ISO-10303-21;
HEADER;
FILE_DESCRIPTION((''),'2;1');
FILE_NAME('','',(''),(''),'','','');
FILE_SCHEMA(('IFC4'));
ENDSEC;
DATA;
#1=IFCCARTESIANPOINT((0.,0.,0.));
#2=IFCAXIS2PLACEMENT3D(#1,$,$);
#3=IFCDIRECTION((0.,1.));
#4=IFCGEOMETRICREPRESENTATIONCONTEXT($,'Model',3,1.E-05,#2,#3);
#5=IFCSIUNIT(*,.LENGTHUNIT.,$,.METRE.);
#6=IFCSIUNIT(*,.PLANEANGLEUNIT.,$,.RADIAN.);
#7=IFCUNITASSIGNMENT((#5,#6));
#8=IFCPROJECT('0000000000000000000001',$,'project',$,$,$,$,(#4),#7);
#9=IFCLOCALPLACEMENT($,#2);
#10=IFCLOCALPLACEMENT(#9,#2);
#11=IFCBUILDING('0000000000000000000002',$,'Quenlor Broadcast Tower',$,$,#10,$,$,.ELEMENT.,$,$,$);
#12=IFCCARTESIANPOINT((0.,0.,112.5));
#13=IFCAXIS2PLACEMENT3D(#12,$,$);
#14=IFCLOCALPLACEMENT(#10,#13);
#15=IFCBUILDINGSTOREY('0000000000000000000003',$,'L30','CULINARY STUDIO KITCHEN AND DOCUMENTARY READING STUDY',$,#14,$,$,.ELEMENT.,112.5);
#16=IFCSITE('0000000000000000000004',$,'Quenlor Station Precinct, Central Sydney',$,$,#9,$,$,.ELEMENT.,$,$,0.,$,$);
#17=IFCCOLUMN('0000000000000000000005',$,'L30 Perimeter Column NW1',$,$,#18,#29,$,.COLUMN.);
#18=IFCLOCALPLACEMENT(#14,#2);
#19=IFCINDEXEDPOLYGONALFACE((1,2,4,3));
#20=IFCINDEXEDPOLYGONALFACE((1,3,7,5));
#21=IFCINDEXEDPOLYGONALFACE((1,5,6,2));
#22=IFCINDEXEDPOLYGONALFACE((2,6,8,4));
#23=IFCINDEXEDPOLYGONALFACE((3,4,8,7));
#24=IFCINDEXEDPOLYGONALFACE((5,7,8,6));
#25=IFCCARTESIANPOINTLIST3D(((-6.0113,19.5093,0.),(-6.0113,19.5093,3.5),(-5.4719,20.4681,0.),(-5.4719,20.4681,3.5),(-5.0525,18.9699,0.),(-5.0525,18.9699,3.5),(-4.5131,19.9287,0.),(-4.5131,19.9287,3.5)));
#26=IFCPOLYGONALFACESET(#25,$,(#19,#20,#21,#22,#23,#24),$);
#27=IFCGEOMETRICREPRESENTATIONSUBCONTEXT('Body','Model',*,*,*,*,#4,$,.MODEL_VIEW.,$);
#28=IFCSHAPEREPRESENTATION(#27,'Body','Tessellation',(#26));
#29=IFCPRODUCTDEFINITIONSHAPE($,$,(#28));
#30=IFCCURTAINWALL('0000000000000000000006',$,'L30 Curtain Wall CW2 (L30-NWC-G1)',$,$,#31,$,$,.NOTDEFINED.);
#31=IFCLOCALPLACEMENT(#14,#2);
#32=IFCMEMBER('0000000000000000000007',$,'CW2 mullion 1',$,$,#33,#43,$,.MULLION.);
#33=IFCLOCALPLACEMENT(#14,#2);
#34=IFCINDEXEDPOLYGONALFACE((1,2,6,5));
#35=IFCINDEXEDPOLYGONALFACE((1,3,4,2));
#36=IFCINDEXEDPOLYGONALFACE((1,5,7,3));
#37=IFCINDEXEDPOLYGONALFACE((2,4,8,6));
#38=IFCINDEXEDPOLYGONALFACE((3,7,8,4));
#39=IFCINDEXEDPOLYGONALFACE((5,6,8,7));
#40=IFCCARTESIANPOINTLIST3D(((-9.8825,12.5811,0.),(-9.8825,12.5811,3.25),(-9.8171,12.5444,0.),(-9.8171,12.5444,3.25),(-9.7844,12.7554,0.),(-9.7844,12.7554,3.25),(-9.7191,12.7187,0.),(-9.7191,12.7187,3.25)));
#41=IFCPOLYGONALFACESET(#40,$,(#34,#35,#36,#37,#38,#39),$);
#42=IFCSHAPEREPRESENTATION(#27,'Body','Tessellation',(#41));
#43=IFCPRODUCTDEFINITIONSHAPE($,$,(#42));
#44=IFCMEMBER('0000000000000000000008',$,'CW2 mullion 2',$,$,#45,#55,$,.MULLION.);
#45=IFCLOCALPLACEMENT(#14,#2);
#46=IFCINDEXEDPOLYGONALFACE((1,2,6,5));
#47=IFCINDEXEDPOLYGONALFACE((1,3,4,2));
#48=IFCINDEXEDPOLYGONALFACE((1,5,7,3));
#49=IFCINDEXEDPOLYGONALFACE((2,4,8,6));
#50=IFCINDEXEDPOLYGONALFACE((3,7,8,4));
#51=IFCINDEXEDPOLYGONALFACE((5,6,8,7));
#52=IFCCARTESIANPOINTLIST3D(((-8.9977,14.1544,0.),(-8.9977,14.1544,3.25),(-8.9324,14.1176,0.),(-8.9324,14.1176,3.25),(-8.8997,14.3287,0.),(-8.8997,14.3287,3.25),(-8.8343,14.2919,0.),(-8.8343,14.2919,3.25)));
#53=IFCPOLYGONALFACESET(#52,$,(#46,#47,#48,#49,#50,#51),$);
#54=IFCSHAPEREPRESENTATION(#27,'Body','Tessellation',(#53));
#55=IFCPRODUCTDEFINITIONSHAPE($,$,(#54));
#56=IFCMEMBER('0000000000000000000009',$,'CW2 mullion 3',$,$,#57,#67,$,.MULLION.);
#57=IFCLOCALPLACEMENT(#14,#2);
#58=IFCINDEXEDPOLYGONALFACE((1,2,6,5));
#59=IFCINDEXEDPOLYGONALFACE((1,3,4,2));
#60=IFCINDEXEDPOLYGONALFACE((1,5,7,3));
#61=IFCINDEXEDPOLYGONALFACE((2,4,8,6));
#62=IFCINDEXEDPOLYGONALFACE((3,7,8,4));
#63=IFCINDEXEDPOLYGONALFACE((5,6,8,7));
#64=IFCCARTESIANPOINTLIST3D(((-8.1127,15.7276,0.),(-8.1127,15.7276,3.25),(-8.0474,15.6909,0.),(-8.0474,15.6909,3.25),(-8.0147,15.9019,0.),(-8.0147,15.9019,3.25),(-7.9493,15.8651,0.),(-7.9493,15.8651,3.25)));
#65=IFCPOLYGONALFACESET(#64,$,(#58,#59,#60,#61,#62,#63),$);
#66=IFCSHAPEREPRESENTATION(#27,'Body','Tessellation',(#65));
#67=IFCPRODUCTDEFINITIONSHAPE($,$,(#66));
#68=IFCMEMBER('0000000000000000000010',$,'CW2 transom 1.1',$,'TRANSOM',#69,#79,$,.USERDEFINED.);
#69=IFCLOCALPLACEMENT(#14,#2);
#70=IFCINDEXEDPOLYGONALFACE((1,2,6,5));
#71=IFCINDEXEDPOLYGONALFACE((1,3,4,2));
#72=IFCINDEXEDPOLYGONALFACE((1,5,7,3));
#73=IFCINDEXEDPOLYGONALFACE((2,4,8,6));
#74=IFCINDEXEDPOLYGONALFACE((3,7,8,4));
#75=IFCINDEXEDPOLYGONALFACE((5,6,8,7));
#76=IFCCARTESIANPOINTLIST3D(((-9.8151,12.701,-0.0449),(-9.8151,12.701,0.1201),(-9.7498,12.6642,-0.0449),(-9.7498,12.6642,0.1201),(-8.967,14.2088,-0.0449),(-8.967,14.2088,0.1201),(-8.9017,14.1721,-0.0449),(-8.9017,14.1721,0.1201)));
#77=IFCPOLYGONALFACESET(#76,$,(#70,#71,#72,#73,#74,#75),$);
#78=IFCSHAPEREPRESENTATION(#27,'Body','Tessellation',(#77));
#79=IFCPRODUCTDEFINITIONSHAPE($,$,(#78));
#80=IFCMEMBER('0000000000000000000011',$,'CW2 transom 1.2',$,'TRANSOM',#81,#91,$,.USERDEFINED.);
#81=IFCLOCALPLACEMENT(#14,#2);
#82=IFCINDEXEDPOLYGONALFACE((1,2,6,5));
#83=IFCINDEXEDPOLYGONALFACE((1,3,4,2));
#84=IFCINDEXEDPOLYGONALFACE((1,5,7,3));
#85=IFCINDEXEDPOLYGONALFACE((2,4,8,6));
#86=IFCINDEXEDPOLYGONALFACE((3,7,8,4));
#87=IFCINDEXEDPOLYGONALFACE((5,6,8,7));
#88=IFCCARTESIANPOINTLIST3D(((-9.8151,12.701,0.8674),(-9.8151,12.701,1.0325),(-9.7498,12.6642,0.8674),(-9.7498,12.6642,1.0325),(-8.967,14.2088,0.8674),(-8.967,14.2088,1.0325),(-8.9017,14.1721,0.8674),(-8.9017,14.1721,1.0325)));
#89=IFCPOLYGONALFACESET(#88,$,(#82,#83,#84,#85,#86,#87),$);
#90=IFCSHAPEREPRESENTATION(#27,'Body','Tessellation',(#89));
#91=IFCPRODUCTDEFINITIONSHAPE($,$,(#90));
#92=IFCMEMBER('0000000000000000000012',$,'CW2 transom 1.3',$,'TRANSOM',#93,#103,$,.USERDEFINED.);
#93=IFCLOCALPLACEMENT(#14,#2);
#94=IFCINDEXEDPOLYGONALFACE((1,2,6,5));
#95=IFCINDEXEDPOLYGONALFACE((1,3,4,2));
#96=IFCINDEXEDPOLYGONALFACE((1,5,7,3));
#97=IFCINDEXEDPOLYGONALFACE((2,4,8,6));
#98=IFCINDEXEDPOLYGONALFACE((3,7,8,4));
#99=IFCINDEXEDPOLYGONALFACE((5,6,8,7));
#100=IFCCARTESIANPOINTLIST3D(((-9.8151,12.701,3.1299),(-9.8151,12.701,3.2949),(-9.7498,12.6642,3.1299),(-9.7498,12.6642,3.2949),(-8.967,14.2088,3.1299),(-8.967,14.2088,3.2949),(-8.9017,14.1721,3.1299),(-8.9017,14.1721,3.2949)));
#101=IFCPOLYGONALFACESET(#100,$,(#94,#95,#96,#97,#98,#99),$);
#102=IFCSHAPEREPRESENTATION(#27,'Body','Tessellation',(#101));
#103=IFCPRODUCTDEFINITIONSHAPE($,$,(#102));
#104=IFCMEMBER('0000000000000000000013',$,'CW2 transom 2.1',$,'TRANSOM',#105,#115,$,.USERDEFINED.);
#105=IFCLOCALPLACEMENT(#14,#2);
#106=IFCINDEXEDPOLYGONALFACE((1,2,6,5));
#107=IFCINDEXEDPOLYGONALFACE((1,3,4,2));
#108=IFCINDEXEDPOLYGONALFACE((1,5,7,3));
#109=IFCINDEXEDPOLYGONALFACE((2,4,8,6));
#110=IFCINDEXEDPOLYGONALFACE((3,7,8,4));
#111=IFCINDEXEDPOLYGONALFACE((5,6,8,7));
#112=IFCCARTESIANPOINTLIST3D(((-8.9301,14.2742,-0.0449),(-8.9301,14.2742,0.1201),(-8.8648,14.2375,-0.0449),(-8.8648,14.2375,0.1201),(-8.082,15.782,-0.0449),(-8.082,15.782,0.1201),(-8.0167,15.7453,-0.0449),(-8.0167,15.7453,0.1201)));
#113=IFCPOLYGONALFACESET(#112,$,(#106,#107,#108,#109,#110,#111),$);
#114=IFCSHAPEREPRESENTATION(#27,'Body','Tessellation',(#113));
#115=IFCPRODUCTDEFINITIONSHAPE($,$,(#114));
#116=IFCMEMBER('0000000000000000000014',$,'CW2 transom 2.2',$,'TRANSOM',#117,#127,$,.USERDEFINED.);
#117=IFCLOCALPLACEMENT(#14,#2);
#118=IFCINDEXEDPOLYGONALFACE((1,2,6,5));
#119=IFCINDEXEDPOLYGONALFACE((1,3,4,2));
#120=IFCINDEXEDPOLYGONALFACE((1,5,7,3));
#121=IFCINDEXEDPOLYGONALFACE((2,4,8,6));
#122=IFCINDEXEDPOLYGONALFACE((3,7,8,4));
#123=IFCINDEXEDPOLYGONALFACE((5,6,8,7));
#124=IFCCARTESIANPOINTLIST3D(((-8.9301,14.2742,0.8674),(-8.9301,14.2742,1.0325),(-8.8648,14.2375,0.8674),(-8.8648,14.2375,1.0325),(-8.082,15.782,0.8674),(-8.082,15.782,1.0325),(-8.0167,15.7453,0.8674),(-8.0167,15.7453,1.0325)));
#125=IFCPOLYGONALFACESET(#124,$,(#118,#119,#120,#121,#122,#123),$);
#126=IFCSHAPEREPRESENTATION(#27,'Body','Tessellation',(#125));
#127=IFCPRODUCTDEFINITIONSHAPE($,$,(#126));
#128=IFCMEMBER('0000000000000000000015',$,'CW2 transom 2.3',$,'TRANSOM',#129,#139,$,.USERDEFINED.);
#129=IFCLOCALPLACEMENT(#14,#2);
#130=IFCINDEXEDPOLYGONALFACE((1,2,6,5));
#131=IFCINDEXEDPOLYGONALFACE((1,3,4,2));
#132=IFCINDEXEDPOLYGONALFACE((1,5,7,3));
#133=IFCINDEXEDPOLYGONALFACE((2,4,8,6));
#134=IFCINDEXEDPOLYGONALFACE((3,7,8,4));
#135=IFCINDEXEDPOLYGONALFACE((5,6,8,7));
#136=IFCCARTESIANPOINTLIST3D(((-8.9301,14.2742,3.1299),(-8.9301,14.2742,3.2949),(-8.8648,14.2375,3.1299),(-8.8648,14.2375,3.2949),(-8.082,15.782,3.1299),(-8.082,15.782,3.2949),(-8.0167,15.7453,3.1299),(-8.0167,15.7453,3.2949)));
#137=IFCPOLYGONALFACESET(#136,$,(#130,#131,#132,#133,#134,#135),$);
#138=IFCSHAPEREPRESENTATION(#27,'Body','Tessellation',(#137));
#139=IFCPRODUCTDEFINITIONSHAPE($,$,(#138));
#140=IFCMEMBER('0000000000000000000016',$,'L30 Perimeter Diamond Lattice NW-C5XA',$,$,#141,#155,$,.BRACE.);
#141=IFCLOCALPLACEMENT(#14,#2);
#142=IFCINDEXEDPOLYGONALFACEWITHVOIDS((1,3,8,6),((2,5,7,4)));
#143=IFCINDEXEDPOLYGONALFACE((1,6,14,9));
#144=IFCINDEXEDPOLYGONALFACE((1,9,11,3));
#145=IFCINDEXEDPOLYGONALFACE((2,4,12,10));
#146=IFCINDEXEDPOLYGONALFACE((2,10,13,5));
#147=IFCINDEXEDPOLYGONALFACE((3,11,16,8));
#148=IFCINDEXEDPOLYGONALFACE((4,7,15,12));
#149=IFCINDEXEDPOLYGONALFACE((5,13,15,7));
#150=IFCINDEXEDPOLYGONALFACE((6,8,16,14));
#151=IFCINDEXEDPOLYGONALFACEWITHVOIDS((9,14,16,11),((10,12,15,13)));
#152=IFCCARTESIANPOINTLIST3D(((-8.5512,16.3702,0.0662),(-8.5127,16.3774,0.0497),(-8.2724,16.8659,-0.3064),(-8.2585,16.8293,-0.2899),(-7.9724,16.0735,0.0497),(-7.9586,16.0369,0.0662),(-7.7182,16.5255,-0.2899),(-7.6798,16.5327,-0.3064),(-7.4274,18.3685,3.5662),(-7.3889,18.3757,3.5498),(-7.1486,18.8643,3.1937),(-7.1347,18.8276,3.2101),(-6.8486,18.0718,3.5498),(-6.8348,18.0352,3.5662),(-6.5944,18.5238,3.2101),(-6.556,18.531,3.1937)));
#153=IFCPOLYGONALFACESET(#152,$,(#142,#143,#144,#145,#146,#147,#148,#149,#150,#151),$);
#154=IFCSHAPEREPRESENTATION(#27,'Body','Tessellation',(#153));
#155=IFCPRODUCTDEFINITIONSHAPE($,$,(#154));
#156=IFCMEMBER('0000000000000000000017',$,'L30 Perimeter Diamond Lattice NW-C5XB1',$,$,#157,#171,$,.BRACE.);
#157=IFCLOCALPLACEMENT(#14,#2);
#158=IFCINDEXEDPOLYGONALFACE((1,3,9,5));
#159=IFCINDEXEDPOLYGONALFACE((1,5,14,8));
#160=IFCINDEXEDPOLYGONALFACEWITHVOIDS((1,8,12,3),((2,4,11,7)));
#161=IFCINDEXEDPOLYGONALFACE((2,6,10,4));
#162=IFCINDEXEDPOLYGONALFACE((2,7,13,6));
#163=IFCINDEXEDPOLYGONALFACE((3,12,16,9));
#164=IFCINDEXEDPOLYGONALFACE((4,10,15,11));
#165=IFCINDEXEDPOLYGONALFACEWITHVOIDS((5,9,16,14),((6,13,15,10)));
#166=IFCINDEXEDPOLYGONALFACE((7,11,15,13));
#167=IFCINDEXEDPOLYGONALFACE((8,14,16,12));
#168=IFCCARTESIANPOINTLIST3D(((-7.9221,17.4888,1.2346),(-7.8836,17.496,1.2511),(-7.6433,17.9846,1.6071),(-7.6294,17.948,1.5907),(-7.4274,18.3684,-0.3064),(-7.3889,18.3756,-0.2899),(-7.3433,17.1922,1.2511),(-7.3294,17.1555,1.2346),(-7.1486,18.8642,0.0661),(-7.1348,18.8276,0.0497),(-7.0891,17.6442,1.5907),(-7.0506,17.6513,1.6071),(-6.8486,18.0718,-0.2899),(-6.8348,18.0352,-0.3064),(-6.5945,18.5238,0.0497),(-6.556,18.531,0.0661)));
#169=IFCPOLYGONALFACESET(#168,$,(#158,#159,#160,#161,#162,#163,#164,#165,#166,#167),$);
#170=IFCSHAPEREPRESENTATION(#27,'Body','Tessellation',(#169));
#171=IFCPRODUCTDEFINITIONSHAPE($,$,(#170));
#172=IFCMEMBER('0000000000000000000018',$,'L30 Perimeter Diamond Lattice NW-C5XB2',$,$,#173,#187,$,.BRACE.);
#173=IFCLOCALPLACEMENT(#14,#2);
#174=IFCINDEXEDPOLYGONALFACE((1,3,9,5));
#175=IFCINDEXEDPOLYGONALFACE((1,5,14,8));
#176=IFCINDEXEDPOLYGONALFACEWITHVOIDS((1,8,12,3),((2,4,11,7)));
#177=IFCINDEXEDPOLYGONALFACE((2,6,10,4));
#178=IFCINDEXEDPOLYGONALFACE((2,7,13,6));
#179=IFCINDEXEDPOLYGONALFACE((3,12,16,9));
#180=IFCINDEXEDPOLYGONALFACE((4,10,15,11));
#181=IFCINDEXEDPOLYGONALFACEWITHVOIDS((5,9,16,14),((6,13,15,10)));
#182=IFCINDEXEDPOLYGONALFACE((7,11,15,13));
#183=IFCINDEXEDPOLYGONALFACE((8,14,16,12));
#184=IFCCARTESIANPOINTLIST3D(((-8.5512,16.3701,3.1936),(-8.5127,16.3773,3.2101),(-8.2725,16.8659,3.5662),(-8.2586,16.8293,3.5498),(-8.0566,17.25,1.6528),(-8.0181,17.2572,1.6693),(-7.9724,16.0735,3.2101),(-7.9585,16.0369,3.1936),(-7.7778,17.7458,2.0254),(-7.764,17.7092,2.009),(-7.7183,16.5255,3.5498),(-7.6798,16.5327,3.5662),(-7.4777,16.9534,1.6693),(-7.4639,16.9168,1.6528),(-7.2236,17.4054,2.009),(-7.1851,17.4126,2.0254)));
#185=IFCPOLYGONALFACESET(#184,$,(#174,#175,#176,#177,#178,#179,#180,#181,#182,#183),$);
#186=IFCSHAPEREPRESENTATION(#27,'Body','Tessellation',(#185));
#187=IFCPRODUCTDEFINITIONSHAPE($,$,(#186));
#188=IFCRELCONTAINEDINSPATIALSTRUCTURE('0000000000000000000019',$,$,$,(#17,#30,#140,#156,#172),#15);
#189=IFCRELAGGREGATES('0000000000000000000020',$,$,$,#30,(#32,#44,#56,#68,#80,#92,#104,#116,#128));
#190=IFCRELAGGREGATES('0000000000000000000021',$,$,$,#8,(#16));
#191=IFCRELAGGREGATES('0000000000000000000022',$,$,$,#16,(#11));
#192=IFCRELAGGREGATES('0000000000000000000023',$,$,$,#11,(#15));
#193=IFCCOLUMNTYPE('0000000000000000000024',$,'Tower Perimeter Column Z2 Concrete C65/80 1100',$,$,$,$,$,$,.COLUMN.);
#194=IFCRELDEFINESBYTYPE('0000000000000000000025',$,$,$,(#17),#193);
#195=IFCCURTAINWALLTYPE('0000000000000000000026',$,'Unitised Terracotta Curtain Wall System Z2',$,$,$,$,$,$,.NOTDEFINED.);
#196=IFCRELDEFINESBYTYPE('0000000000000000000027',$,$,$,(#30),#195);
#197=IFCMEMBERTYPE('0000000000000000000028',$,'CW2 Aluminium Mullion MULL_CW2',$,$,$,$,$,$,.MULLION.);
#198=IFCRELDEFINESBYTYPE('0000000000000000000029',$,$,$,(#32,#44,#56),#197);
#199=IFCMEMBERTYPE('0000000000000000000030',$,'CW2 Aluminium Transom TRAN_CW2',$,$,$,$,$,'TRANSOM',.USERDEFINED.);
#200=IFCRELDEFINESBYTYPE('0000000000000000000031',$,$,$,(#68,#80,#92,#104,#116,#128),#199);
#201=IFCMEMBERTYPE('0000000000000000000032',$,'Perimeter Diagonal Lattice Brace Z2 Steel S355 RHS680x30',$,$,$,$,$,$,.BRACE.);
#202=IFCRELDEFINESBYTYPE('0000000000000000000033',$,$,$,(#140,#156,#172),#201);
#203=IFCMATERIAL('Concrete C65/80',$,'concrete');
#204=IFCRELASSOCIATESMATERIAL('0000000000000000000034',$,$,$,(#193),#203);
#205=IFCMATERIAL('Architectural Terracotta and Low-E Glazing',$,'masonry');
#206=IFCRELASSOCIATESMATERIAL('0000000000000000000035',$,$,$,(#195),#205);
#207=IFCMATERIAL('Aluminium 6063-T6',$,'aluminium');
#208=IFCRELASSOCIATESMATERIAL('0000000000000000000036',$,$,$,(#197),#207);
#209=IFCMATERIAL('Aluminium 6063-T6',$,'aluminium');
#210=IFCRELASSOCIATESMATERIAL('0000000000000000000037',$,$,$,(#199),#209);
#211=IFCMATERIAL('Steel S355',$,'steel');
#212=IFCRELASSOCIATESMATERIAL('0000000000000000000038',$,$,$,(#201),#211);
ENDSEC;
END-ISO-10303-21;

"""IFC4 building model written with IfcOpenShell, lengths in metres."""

from ifc_helpers import new_model, si_unit, direction, frame, origin, origin_2d, place, context, subcontext, project, spatial, rectangle, hollow_rectangle, extrude, material, material_profile, profile_set, type_object, element, aggregate, save


model = new_model("IFC4")

# Units and contexts
model_context = context("Model", 3, precision=1e-05, world=origin(), true_north=direction((0.0, 1.0)))
body_context = subcontext(model_context, "Body", "Model", "MODEL_VIEW")
ifc_project = project(units=[si_unit("LENGTHUNIT", "METRE"), si_unit("PLANEANGLEUNIT", "RADIAN")], contexts=[model_context])

# Site, building, storey
site_placement = place(None, origin())
site = spatial("IfcSite", under=ifc_project, at=site_placement, Name="Quenlor Station Precinct, Central Sydney", CompositionType="ELEMENT", RefElevation=0.0)
building_placement = place(site_placement, origin())
building = spatial("IfcBuilding", under=site, at=building_placement, Name="Quenlor Broadcast Tower", CompositionType="ELEMENT")
storey_placement = place(building_placement, frame((0.0, 0.0, 112.5)))
storey = spatial("IfcBuildingStorey", under=building, at=storey_placement, Name="L30", Description="CULINARY STUDIO KITCHEN AND DOCUMENTARY READING STUDY", CompositionType="ELEMENT", Elevation=112.5)

# Column
ifc_material_1 = material(Name="Concrete C65/80", Category="concrete")
ifc_material_profile_1 = material_profile(ifc_material_1, rectangle(XDim=1.1001, YDim=1.1001, at=origin_2d()))
ifc_profile_set_1 = profile_set([ifc_material_profile_1], Name="Concrete C65/80 RC1100x1100")
column_type = type_object("IfcColumnType", Name="Tower Perimeter Column Z2 Concrete C65/80 1100", PredefinedType="COLUMN", material=ifc_profile_set_1)
column_placement = place(storey_placement, frame((-5.2622, 19.719, 0.0), z_axis=(0.0, 0.0, 1.0), x_axis=(-0.871575, 0.490262, 0.0)))
element("IfcColumn", 1, at=column_placement, inside=storey, type_object=column_type, Name="L30 Perimeter Column NW1", PredefinedType="COLUMN", context=body_context, shape_type="SweptSolid", body=[
    extrude(rectangle(XDim=1.1001, YDim=1.1001, at=origin_2d()), origin(), (0.0, 0.0, 1.0), 3.5),
])

# Curtain wall, members
ifc_material_2 = material(Name="Architectural Terracotta and Low-E Glazing", Category="masonry")
curtain_wall_type = type_object("IfcCurtainWallType", Name="Unitised Terracotta Curtain Wall System Z2", PredefinedType="NOTDEFINED", material=ifc_material_2)
curtain_wall_placement = place(storey_placement, origin())
curtain_wall = element("IfcCurtainWall", 2, at=curtain_wall_placement, inside=storey, type_object=curtain_wall_type, Name="L30 Curtain Wall CW2 (L30-NWC-G1)", PredefinedType="NOTDEFINED")
ifc_material_3 = material(Name="Aluminium 6063-T6", Category="aluminium")
ifc_material_profile_2 = material_profile(ifc_material_3, rectangle(XDim=0.075, YDim=0.2, at=origin_2d()))
ifc_profile_set_2 = profile_set([ifc_material_profile_2], Name="Aluminium 6063-T6 MULL75x200")
member_type_1 = type_object("IfcMemberType", Name="CW2 Aluminium Mullion MULL_CW2", PredefinedType="MULLION", material=ifc_profile_set_2)
member_1_placement = place(storey_placement, frame((-9.8008, 12.6499, 0.0), z_axis=(0.0, 0.0, 1.0), x_axis=(-0.871573, 0.490265, 0.0)))
member_1 = element("IfcMember", 3, at=member_1_placement, type_object=member_type_1, Name="CW2 mullion 1", PredefinedType="MULLION", context=body_context, shape_type="SweptSolid", body=[
    extrude(rectangle(XDim=0.075, YDim=0.2, at=origin_2d()), origin(), (0.0, 0.0, 1.0), 3.25),
])
member_2_placement = place(storey_placement, frame((-8.916, 14.2231, 0.0), z_axis=(0.0, 0.0, 1.0), x_axis=(-0.871573, 0.490265, 0.0)))
member_2 = element("IfcMember", 4, at=member_2_placement, type_object=member_type_1, Name="CW2 mullion 2", PredefinedType="MULLION", context=body_context, shape_type="SweptSolid", body=[
    extrude(rectangle(XDim=0.075, YDim=0.2, at=origin_2d()), origin(), (0.0, 0.0, 1.0), 3.25),
])
member_3_placement = place(storey_placement, frame((-8.031, 15.7964, 0.0), z_axis=(0.0, 0.0, 1.0), x_axis=(-0.871573, 0.490265, 0.0)))
member_3 = element("IfcMember", 5, at=member_3_placement, type_object=member_type_1, Name="CW2 mullion 3", PredefinedType="MULLION", context=body_context, shape_type="SweptSolid", body=[
    extrude(rectangle(XDim=0.075, YDim=0.2, at=origin_2d()), origin(), (0.0, 0.0, 1.0), 3.25),
])
ifc_material_4 = material(Name="Aluminium 6063-T6", Category="aluminium")
ifc_material_profile_3 = material_profile(ifc_material_4, rectangle(XDim=0.075, YDim=0.165, at=origin_2d()))
ifc_profile_set_3 = profile_set([ifc_material_profile_3], Name="Aluminium 6063-T6 TRAN75x165")
member_type_2 = type_object("IfcMemberType", Name="CW2 Aluminium Transom TRAN_CW2", ElementType="TRANSOM", PredefinedType="USERDEFINED", material=ifc_profile_set_3)
member_4_placement = place(storey_placement, frame((-9.7825, 12.6826, 0.0376), z_axis=(0.490261, 0.871576, 0.0), x_axis=(-0.871576, 0.490261, 0.0)))
member_4 = element("IfcMember", 6, at=member_4_placement, type_object=member_type_2, Name="CW2 transom 1.1", ObjectType="TRANSOM", PredefinedType="USERDEFINED", context=body_context, shape_type="SweptSolid", body=[
    extrude(rectangle(XDim=0.075, YDim=0.165, at=origin_2d()), origin(), (0.0, 0.0, 1.0), 1.73),
])
member_5_placement = place(storey_placement, frame((-9.7825, 12.6826, 0.95), z_axis=(0.490261, 0.871576, 0.0), x_axis=(-0.871576, 0.490261, 0.0)))
member_5 = element("IfcMember", 7, at=member_5_placement, type_object=member_type_2, Name="CW2 transom 1.2", ObjectType="TRANSOM", PredefinedType="USERDEFINED", context=body_context, shape_type="SweptSolid", body=[
    extrude(rectangle(XDim=0.075, YDim=0.165, at=origin_2d()), origin(), (0.0, 0.0, 1.0), 1.73),
])
member_6_placement = place(storey_placement, frame((-9.7825, 12.6826, 3.2124), z_axis=(0.490261, 0.871576, 0.0), x_axis=(-0.871576, 0.490261, 0.0)))
member_6 = element("IfcMember", 8, at=member_6_placement, type_object=member_type_2, Name="CW2 transom 1.3", ObjectType="TRANSOM", PredefinedType="USERDEFINED", context=body_context, shape_type="SweptSolid", body=[
    extrude(rectangle(XDim=0.075, YDim=0.165, at=origin_2d()), origin(), (0.0, 0.0, 1.0), 1.73),
])
member_7_placement = place(storey_placement, frame((-8.8975, 14.2559, 0.0376), z_axis=(0.490261, 0.871576, 0.0), x_axis=(-0.871576, 0.490261, 0.0)))
member_7 = element("IfcMember", 9, at=member_7_placement, type_object=member_type_2, Name="CW2 transom 2.1", ObjectType="TRANSOM", PredefinedType="USERDEFINED", context=body_context, shape_type="SweptSolid", body=[
    extrude(rectangle(XDim=0.075, YDim=0.165, at=origin_2d()), origin(), (0.0, 0.0, 1.0), 1.73),
])
member_8_placement = place(storey_placement, frame((-8.8975, 14.2559, 0.95), z_axis=(0.490261, 0.871576, 0.0), x_axis=(-0.871576, 0.490261, 0.0)))
member_8 = element("IfcMember", 10, at=member_8_placement, type_object=member_type_2, Name="CW2 transom 2.2", ObjectType="TRANSOM", PredefinedType="USERDEFINED", context=body_context, shape_type="SweptSolid", body=[
    extrude(rectangle(XDim=0.075, YDim=0.165, at=origin_2d()), origin(), (0.0, 0.0, 1.0), 1.73),
])
member_9_placement = place(storey_placement, frame((-8.8975, 14.2559, 3.2124), z_axis=(0.490261, 0.871576, 0.0), x_axis=(-0.871576, 0.490261, 0.0)))
member_9 = element("IfcMember", 11, at=member_9_placement, type_object=member_type_2, Name="CW2 transom 2.3", ObjectType="TRANSOM", PredefinedType="USERDEFINED", context=body_context, shape_type="SweptSolid", body=[
    extrude(rectangle(XDim=0.075, YDim=0.165, at=origin_2d()), origin(), (0.0, 0.0, 1.0), 1.73),
])

# Members
ifc_material_5 = material(Name="Steel S355", Category="steel")
ifc_material_profile_4 = material_profile(ifc_material_5, hollow_rectangle(XDim=0.6799, YDim=0.6799, WallThickness=0.03, at=origin_2d()))
ifc_profile_set_4 = profile_set([ifc_material_profile_4], Name="Steel S355 RHS680x680x30")
member_type_3 = type_object("IfcMemberType", Name="Perimeter Diagonal Lattice Brace Z2 Steel S355 RHS680x30", PredefinedType="BRACE", material=ifc_profile_set_4)
member_10_placement = place(storey_placement, frame((-8.1155, 16.4514, -0.1201), z_axis=(0.268588, 0.4776, 0.836516), x_axis=(-0.871624, 0.490175, 0.0)))
element("IfcMember", 12, at=member_10_placement, inside=storey, type_object=member_type_3, Name="L30 Perimeter Diamond Lattice NW-C5XA", PredefinedType="BRACE", context=body_context, shape_type="SweptSolid", body=[
    extrude(hollow_rectangle(XDim=0.6799, YDim=0.6799, WallThickness=0.03, at=origin_2d()), origin(), (0.0, 0.0, 1.0), 4.1841),
])
for number, where, z_axis, x_axis, name in (
    (13, (-6.9917, 18.4497, -0.1201), (-0.268521, -0.477532, 0.836576), (0.871647, -0.490135, 0.0), "L30 Perimeter Diamond Lattice NW-C5XB1"),
    (14, (-7.6208, 17.3313, 1.8391), (-0.268534, -0.477688, 0.836483), (0.871705, -0.490032, 0.0), "L30 Perimeter Diamond Lattice NW-C5XB2"),
):
    element("IfcMember", number, at=place(storey_placement, frame(where, z_axis=z_axis, x_axis=x_axis)), inside=storey, type_object=member_type_3, Name=name, PredefinedType="BRACE", context=body_context, shape_type="SweptSolid", body=[
        extrude(hollow_rectangle(XDim=0.6799, YDim=0.6799, WallThickness=0.03, at=origin_2d()), origin(), (0.0, 0.0, 1.0), 1.842),
    ])

aggregate(curtain_wall, [member_1, member_2, member_3, member_4, member_5, member_6, member_7, member_8, member_9])

save(model, "model.ifc")
